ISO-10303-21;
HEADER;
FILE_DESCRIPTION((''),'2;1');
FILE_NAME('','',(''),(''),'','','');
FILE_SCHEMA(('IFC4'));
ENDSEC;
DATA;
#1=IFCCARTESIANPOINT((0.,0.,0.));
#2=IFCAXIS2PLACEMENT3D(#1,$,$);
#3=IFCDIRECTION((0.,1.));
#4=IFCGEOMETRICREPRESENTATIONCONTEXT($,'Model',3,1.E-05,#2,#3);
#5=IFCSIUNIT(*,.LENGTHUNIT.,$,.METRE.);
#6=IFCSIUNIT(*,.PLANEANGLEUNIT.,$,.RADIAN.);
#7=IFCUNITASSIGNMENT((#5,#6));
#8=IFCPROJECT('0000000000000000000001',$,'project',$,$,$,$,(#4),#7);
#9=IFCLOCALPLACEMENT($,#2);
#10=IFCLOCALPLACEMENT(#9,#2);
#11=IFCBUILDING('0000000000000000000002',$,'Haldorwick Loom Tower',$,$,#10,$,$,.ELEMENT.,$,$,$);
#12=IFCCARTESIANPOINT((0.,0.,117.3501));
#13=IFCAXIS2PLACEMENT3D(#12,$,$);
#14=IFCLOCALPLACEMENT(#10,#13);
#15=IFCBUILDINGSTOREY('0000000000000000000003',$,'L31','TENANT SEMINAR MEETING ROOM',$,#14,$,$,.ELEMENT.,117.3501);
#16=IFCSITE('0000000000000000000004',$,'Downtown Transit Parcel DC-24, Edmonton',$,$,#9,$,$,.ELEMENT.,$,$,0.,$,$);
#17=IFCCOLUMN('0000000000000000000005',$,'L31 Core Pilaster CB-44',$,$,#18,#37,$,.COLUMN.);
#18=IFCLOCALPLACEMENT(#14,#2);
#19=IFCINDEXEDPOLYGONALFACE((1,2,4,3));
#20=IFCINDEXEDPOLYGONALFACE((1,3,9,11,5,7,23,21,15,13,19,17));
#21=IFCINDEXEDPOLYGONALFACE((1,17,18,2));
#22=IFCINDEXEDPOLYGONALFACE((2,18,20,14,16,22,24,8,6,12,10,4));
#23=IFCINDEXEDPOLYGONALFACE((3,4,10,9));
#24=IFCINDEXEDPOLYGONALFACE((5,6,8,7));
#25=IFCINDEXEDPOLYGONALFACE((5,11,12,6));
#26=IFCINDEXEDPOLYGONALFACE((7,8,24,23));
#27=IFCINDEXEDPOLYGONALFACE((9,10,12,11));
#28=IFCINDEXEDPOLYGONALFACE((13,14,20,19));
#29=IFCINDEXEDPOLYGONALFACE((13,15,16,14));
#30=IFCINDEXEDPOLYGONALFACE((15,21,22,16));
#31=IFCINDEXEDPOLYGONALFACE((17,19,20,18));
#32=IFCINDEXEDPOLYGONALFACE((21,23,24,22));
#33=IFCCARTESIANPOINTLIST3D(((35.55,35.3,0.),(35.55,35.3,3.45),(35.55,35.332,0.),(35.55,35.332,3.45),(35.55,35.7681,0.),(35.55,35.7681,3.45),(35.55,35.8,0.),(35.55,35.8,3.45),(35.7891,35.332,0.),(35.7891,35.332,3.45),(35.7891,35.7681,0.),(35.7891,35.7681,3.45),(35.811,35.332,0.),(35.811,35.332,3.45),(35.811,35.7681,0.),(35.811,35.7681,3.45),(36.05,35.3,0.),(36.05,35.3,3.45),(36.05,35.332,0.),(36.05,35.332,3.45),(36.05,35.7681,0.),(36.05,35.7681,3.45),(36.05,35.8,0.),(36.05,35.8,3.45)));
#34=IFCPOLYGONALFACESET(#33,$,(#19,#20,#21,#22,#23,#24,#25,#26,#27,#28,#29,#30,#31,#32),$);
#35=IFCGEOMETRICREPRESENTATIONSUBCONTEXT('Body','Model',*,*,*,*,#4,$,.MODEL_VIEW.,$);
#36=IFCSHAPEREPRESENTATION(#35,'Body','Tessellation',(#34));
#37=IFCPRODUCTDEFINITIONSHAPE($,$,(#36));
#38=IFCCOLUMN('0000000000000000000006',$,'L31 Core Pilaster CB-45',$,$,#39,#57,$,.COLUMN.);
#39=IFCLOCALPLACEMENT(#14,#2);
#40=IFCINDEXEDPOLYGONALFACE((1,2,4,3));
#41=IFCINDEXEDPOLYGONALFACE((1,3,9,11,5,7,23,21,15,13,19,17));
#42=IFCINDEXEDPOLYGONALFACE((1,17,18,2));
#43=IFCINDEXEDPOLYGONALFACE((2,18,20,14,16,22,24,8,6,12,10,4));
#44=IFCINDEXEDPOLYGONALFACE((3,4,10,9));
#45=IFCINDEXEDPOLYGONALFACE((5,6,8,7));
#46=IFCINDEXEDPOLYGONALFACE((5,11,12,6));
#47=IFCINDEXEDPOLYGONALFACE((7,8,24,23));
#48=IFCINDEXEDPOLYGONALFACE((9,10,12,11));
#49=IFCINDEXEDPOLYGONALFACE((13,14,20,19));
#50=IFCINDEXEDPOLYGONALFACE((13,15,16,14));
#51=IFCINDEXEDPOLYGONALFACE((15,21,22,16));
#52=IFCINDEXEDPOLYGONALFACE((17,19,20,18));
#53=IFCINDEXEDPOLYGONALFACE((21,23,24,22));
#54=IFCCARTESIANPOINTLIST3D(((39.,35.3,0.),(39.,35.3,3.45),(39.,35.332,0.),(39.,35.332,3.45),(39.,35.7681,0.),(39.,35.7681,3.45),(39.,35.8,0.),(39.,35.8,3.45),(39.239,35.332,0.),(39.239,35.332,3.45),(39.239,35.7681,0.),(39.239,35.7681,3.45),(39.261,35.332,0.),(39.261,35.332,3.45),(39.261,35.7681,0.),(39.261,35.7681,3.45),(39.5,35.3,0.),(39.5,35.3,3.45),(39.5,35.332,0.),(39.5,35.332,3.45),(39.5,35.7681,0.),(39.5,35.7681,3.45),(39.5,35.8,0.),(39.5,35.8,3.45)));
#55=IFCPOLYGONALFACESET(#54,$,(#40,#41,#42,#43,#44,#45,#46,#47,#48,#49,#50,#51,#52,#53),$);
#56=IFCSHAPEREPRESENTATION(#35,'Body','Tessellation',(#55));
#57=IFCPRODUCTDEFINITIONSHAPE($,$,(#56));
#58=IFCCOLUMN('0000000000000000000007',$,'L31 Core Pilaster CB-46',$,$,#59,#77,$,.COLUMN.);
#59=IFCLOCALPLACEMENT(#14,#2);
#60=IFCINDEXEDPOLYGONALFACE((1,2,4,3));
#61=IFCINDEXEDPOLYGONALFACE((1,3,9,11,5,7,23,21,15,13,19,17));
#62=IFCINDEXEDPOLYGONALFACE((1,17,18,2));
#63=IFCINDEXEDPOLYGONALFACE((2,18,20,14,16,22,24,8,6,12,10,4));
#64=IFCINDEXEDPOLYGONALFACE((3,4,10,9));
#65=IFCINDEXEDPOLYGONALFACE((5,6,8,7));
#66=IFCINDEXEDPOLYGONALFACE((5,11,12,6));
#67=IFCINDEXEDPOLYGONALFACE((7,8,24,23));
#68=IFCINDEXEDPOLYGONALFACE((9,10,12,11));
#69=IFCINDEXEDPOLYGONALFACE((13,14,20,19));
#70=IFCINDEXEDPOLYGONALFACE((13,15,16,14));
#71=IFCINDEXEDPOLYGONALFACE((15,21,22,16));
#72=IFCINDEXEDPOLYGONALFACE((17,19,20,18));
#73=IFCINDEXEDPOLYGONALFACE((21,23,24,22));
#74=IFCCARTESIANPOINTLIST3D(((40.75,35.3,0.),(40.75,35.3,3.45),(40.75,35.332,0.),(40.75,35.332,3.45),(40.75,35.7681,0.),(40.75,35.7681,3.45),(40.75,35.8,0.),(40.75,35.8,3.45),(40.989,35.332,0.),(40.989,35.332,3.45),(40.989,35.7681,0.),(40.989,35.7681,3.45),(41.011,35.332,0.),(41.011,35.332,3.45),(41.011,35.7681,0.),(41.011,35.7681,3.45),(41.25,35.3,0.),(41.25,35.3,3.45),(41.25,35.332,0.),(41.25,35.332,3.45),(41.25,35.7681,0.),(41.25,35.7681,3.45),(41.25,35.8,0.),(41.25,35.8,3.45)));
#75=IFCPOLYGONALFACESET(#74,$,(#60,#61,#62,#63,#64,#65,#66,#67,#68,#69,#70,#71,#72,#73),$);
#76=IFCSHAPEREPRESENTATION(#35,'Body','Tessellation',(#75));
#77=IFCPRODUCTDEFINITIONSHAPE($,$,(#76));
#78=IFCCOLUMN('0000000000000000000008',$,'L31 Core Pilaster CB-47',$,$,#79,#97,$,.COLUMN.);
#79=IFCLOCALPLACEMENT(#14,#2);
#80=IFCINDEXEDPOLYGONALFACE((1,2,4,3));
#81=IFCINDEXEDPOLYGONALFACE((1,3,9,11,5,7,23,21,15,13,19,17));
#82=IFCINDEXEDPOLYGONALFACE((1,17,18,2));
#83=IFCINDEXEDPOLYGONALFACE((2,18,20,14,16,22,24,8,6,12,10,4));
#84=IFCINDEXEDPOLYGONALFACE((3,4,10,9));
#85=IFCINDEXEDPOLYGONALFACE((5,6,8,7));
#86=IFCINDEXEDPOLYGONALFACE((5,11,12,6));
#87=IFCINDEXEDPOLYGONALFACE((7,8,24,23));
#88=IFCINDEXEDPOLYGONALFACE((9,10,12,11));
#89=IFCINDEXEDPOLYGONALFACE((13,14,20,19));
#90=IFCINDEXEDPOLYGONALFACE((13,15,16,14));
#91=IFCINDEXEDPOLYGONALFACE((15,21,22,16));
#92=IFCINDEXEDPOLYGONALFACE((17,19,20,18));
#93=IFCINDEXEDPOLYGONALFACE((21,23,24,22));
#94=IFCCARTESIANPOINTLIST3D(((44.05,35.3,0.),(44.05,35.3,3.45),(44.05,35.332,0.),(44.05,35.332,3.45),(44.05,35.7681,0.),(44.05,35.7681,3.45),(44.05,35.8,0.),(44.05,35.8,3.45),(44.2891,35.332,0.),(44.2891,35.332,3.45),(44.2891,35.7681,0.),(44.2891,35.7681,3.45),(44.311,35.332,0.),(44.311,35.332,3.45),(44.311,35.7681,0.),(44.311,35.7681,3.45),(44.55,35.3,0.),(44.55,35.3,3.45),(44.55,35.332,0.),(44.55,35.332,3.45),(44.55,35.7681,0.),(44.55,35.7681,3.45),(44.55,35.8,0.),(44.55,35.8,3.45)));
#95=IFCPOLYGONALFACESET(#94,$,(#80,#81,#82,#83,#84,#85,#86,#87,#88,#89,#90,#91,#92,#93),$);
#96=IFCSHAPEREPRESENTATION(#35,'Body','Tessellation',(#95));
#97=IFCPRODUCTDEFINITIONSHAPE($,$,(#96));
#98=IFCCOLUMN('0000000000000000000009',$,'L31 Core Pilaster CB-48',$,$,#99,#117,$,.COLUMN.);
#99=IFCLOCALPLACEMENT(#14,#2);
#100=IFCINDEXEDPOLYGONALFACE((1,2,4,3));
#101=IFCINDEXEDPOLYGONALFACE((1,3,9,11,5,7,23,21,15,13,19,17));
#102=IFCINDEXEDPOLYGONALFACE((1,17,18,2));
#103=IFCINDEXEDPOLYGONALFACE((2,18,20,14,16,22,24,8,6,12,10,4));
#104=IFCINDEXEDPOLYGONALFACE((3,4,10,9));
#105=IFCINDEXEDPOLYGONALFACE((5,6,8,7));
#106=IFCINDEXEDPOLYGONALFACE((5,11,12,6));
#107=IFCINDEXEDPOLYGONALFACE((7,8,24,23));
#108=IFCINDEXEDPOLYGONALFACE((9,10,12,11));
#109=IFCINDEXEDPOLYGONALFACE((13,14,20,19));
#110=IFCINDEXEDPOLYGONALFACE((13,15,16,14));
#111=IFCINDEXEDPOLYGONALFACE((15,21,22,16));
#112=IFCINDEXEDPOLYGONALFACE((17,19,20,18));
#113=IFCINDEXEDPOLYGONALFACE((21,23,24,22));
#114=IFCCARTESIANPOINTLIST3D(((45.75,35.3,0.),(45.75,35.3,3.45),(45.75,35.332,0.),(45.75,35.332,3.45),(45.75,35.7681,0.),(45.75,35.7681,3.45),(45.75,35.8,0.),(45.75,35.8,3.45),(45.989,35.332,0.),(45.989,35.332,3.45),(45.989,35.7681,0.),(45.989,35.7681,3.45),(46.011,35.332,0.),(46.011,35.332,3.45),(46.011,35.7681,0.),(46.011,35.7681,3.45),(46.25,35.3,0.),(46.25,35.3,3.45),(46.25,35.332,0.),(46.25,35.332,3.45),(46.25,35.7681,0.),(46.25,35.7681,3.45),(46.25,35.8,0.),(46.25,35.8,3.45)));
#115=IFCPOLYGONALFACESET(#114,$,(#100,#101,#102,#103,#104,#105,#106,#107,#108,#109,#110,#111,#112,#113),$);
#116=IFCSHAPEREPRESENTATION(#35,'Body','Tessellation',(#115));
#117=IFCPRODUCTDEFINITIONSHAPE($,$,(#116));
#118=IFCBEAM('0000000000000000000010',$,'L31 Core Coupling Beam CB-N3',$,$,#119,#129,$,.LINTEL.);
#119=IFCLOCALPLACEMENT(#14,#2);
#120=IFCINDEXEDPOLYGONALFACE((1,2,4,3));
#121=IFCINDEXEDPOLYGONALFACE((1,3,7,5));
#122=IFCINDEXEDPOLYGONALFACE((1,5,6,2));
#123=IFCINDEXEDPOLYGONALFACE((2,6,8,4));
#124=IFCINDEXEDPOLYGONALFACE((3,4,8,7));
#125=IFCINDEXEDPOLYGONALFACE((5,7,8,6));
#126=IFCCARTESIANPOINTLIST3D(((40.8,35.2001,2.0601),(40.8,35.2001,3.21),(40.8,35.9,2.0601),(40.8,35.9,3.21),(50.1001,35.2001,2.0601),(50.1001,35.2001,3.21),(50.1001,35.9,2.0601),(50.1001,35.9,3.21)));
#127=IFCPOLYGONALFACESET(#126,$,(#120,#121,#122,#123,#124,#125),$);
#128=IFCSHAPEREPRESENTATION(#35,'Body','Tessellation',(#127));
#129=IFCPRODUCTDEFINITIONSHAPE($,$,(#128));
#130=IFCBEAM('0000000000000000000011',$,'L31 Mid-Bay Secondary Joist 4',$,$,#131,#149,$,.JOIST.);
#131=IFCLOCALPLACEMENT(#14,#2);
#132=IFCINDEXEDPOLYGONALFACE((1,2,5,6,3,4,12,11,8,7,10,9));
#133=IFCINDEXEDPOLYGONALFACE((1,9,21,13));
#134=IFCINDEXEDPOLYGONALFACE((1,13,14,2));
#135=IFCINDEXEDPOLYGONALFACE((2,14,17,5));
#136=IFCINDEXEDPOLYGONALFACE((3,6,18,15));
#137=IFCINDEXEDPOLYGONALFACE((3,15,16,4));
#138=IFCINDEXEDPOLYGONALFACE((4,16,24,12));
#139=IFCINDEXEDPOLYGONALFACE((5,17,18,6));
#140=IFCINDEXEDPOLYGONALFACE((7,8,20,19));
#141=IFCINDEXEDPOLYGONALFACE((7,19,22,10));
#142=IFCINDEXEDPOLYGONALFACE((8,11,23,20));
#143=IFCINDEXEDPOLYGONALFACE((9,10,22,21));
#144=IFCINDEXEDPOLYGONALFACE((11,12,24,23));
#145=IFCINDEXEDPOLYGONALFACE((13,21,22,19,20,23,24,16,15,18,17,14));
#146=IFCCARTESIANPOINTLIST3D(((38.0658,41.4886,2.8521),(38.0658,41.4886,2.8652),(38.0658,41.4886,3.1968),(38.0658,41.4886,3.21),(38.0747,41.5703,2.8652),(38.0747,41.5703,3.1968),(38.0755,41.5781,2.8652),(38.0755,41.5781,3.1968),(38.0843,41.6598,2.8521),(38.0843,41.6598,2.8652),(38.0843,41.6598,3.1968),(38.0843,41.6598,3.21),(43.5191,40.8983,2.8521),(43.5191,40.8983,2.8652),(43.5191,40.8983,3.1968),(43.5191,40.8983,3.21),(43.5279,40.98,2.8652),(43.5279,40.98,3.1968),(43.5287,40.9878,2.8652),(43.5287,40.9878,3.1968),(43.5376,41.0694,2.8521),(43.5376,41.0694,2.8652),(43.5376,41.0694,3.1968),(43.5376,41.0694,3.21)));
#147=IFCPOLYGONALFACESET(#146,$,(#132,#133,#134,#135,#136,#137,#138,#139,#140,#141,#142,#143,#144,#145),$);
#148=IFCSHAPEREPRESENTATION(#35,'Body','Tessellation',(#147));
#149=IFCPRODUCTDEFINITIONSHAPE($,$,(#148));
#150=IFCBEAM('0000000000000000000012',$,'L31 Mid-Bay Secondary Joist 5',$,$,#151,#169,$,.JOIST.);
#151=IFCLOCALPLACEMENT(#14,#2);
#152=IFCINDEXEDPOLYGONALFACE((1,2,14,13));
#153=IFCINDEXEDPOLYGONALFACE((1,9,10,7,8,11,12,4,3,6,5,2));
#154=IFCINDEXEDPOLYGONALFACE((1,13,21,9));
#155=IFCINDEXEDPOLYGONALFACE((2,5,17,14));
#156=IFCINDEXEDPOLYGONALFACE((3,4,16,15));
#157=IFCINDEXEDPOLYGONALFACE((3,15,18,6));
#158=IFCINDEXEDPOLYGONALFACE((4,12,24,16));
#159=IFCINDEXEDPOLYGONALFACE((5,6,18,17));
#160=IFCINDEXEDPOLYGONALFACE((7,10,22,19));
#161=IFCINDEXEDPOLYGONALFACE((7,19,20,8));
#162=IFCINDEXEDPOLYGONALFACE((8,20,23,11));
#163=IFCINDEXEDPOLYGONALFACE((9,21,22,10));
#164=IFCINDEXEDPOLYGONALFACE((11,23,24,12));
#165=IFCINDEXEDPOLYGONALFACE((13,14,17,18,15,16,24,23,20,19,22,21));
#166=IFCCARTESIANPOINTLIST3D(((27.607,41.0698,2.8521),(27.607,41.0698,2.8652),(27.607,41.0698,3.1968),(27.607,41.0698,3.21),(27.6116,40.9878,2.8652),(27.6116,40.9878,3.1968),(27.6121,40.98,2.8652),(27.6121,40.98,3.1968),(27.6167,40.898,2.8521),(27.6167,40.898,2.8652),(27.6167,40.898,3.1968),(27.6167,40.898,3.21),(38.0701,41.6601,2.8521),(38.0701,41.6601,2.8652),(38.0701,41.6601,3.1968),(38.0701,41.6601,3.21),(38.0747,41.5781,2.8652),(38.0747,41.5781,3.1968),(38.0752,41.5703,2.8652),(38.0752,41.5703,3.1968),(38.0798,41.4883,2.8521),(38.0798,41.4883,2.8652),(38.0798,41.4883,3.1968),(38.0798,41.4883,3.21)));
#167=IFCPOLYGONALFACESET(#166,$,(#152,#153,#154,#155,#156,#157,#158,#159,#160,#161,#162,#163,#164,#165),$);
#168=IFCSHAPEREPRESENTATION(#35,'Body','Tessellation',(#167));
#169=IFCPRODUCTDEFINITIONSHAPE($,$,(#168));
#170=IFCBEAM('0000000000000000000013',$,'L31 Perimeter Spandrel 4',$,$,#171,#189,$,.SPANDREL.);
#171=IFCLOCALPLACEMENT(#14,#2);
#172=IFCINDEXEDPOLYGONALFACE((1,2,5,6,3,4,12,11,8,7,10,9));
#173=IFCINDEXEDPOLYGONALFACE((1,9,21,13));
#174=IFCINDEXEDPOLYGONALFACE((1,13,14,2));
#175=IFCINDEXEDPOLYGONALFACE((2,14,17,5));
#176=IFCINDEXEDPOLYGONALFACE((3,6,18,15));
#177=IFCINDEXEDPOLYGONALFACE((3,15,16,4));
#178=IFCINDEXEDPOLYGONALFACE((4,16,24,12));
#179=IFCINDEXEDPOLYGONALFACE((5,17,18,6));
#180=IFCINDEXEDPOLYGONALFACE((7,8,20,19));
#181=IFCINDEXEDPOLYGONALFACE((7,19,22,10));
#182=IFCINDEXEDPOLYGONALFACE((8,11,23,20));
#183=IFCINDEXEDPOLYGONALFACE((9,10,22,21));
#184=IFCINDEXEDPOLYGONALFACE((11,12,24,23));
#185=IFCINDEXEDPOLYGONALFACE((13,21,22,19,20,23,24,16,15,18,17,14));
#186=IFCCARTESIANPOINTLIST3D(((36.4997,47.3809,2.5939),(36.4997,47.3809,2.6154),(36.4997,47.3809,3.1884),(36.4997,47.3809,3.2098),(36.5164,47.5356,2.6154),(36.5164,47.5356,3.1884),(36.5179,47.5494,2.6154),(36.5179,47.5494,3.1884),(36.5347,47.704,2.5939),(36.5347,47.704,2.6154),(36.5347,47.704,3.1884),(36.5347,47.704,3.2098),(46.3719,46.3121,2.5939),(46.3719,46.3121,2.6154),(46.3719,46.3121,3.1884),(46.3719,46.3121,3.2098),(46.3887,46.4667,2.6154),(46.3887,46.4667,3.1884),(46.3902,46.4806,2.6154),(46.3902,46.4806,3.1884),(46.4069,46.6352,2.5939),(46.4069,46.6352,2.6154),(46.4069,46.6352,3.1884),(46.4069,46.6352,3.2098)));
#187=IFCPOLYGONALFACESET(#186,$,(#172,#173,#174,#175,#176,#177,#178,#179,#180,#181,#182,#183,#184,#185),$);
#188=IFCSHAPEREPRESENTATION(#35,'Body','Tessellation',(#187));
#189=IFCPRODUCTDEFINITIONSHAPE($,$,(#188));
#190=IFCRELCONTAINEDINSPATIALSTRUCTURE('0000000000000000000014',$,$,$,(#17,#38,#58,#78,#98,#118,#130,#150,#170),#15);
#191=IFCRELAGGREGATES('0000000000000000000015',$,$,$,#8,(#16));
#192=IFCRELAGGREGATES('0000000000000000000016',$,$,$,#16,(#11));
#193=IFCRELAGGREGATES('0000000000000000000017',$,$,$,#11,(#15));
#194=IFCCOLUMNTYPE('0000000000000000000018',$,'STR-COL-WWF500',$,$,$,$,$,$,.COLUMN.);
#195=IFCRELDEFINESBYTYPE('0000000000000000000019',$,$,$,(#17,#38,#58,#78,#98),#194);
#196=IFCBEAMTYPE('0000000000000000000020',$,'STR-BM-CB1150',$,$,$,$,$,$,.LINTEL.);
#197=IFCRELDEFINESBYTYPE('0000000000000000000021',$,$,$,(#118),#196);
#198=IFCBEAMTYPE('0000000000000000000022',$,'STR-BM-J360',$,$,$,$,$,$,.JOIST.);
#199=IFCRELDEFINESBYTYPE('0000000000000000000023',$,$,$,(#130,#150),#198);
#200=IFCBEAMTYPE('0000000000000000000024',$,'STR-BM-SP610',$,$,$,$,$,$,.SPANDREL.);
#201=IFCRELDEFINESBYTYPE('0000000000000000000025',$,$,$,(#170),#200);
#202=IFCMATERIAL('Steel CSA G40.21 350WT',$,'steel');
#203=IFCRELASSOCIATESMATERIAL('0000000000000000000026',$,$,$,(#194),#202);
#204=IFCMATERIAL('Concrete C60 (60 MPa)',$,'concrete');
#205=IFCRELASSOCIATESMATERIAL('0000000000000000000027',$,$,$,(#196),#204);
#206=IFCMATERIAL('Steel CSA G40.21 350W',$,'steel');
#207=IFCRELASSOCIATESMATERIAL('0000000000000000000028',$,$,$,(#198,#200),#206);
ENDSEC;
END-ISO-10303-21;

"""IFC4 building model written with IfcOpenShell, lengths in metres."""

from ifc_helpers import new_model, si_unit, direction, frame, origin, origin_2d, place, context, subcontext, project, spatial, rectangle, i_section, extrude, material, material_profile, profile_set, type_object, element, save


model = new_model("IFC4")

# Units and contexts
model_context = context("Model", 3, precision=1e-05, world=origin(), true_north=direction((0.0, 1.0)))
body_context = subcontext(model_context, "Body", "Model", "MODEL_VIEW")
ifc_project = project(units=[si_unit("LENGTHUNIT", "METRE"), si_unit("PLANEANGLEUNIT", "RADIAN")], contexts=[model_context])

# Site, building, storey
site_placement = place(None, origin())
site = spatial("IfcSite", under=ifc_project, at=site_placement, Name="Downtown Transit Parcel DC-24, Edmonton", CompositionType="ELEMENT", RefElevation=0.0)
building_placement = place(site_placement, origin())
building = spatial("IfcBuilding", under=site, at=building_placement, Name="Haldorwick Loom Tower", CompositionType="ELEMENT")
storey_placement = place(building_placement, frame((0.0, 0.0, 117.3501)))
storey = spatial("IfcBuildingStorey", under=building, at=storey_placement, Name="L31", Description="TENANT SEMINAR MEETING ROOM", CompositionType="ELEMENT", Elevation=117.3501)

# Columns
ifc_material_1 = material(Name="Concrete C60 (60 MPa)", Category="concrete")
ifc_material_2 = material(Name="Steel CSA G40.21 350WT", Category="steel")
ifc_material_profile_1 = material_profile(ifc_material_2, i_section(OverallWidth=0.5, OverallDepth=0.5, WebThickness=0.022, FlangeThickness=0.032, at=origin_2d()), Name="WWF500X500", Category="steel")
ifc_profile_set_1 = profile_set([ifc_material_profile_1], Name="Steel CSA G40.21 350WT")
column_type_1 = type_object("IfcColumnType", Name="STR-COL-WWF500", PredefinedType="COLUMN", material=ifc_profile_set_1)
for number, where, z_axis, x_axis, name in (
    (1, (35.8, 35.55, 0.0), (0.0, 0.0, 1.0), (1.0, 0.0, 0.0), "L31 Core Pilaster CB-44"),
    (2, (39.25, 35.55, 0.0), (0.0, 0.0, 1.0), (1.0, 0.0, 0.0), "L31 Core Pilaster CB-45"),
    (3, (41.0, 35.55, 0.0), (0.0, 0.0, 1.0), (1.0, 0.0, 0.0), "L31 Core Pilaster CB-46"),
    (4, (44.3, 35.55, 0.0), (0.0, 0.0, 1.0), (1.0, 0.0, 0.0), "L31 Core Pilaster CB-47"),
    (5, (46.0, 35.55, 0.0), (0.0, 0.0, 1.0), (1.0, 0.0, 0.0), "L31 Core Pilaster CB-48"),
):
    element("IfcColumn", number, at=place(storey_placement, frame(where, z_axis=z_axis, x_axis=x_axis)), inside=storey, type_object=column_type_1, Name=name, PredefinedType="COLUMN", context=body_context, shape_type="SweptSolid", body=[
        extrude(i_section(OverallWidth=0.5, OverallDepth=0.5, WebThickness=0.022, FlangeThickness=0.032, at=origin_2d()), origin(), (0.0, 0.0, 1.0), 3.45),
    ])

# Beams
ifc_material_profile_2 = material_profile(ifc_material_1, rectangle(XDim=0.7, YDim=1.1499, at=origin_2d()), Name="RC700X1150", Category="concrete")
ifc_profile_set_2 = profile_set([ifc_material_profile_2], Name="Concrete C60 (60 MPa)")
beam_type_1 = type_object("IfcBeamType", Name="STR-BM-CB1150", PredefinedType="LINTEL", material=ifc_profile_set_2)
beam_1_placement = place(storey_placement, frame((40.8, 35.55, 2.635), z_axis=(1.0, 0.0, 0.0), x_axis=(0.0, 1.0, 0.0)))
element("IfcBeam", 6, at=beam_1_placement, inside=storey, type_object=beam_type_1, Name="L31 Core Coupling Beam CB-N3", PredefinedType="LINTEL", context=body_context, shape_type="SweptSolid", body=[
    extrude(rectangle(XDim=0.7, YDim=1.1499, at=origin_2d()), origin(), (0.0, 0.0, 1.0), 9.3),
])
ifc_material_3 = material(Name="Steel CSA G40.21 350W", Category="steel")
ifc_material_profile_3 = material_profile(ifc_material_3, i_section(OverallWidth=0.1721, OverallDepth=0.3579, WebThickness=0.0078, FlangeThickness=0.0132, at=origin_2d()), Name="W360X57", Category="steel")
ifc_profile_set_3 = profile_set([ifc_material_profile_3], Name="Steel CSA G40.21 350W")
beam_type_2 = type_object("IfcBeamType", Name="STR-BM-J360", PredefinedType="JOIST", material=ifc_profile_set_3)
beam_2_placement = place(storey_placement, frame((43.5283, 40.9839, 3.031), z_axis=(-0.994192, 0.107622, 0.0), x_axis=(-0.107622, -0.994192, 0.0)))
element("IfcBeam", 7, at=beam_2_placement, inside=storey, type_object=beam_type_2, Name="L31 Mid-Bay Secondary Joist 4", PredefinedType="JOIST", context=body_context, shape_type="SweptSolid", body=[
    extrude(i_section(OverallWidth=0.1721, OverallDepth=0.3579, WebThickness=0.0078, FlangeThickness=0.0132, at=origin_2d()), origin(), (0.0, 0.0, 1.0), 5.4851),
])
beam_3_placement = place(storey_placement, frame((38.075, 41.5742, 3.031), z_axis=(-0.998412, -0.056331, 0.0), x_axis=(0.056331, -0.998412, 0.0)))
element("IfcBeam", 8, at=beam_3_placement, inside=storey, type_object=beam_type_2, Name="L31 Mid-Bay Secondary Joist 5", PredefinedType="JOIST", context=body_context, shape_type="SweptSolid", body=[
    extrude(i_section(OverallWidth=0.1721, OverallDepth=0.3579, WebThickness=0.0078, FlangeThickness=0.0132, at=origin_2d()), origin(), (0.0, 0.0, 1.0), 10.4797),
])
ifc_material_profile_4 = material_profile(ifc_material_3, i_section(OverallWidth=0.325, OverallDepth=0.616, WebThickness=0.0139, FlangeThickness=0.0215, at=origin_2d()), Name="W610X174", Category="steel")
ifc_profile_set_4 = profile_set([ifc_material_profile_4], Name="Steel CSA G40.21 350W")
beam_type_3 = type_object("IfcBeamType", Name="STR-BM-SP610", PredefinedType="SPANDREL", material=ifc_profile_set_4)
beam_4_placement = place(storey_placement, frame((46.3894, 46.4736, 2.9019), z_axis=(-0.99419, 0.107638, 0.0), x_axis=(-0.107638, -0.99419, 0.0)))
element("IfcBeam", 9, at=beam_4_placement, inside=storey, type_object=beam_type_3, Name="L31 Perimeter Spandrel 4", PredefinedType="SPANDREL", context=body_context, shape_type="SweptSolid", body=[
    extrude(i_section(OverallWidth=0.325, OverallDepth=0.616, WebThickness=0.0139, FlangeThickness=0.0215, at=origin_2d()), origin(), (0.0, 0.0, 1.0), 9.9299),
])

save(model, "model.ifc")
